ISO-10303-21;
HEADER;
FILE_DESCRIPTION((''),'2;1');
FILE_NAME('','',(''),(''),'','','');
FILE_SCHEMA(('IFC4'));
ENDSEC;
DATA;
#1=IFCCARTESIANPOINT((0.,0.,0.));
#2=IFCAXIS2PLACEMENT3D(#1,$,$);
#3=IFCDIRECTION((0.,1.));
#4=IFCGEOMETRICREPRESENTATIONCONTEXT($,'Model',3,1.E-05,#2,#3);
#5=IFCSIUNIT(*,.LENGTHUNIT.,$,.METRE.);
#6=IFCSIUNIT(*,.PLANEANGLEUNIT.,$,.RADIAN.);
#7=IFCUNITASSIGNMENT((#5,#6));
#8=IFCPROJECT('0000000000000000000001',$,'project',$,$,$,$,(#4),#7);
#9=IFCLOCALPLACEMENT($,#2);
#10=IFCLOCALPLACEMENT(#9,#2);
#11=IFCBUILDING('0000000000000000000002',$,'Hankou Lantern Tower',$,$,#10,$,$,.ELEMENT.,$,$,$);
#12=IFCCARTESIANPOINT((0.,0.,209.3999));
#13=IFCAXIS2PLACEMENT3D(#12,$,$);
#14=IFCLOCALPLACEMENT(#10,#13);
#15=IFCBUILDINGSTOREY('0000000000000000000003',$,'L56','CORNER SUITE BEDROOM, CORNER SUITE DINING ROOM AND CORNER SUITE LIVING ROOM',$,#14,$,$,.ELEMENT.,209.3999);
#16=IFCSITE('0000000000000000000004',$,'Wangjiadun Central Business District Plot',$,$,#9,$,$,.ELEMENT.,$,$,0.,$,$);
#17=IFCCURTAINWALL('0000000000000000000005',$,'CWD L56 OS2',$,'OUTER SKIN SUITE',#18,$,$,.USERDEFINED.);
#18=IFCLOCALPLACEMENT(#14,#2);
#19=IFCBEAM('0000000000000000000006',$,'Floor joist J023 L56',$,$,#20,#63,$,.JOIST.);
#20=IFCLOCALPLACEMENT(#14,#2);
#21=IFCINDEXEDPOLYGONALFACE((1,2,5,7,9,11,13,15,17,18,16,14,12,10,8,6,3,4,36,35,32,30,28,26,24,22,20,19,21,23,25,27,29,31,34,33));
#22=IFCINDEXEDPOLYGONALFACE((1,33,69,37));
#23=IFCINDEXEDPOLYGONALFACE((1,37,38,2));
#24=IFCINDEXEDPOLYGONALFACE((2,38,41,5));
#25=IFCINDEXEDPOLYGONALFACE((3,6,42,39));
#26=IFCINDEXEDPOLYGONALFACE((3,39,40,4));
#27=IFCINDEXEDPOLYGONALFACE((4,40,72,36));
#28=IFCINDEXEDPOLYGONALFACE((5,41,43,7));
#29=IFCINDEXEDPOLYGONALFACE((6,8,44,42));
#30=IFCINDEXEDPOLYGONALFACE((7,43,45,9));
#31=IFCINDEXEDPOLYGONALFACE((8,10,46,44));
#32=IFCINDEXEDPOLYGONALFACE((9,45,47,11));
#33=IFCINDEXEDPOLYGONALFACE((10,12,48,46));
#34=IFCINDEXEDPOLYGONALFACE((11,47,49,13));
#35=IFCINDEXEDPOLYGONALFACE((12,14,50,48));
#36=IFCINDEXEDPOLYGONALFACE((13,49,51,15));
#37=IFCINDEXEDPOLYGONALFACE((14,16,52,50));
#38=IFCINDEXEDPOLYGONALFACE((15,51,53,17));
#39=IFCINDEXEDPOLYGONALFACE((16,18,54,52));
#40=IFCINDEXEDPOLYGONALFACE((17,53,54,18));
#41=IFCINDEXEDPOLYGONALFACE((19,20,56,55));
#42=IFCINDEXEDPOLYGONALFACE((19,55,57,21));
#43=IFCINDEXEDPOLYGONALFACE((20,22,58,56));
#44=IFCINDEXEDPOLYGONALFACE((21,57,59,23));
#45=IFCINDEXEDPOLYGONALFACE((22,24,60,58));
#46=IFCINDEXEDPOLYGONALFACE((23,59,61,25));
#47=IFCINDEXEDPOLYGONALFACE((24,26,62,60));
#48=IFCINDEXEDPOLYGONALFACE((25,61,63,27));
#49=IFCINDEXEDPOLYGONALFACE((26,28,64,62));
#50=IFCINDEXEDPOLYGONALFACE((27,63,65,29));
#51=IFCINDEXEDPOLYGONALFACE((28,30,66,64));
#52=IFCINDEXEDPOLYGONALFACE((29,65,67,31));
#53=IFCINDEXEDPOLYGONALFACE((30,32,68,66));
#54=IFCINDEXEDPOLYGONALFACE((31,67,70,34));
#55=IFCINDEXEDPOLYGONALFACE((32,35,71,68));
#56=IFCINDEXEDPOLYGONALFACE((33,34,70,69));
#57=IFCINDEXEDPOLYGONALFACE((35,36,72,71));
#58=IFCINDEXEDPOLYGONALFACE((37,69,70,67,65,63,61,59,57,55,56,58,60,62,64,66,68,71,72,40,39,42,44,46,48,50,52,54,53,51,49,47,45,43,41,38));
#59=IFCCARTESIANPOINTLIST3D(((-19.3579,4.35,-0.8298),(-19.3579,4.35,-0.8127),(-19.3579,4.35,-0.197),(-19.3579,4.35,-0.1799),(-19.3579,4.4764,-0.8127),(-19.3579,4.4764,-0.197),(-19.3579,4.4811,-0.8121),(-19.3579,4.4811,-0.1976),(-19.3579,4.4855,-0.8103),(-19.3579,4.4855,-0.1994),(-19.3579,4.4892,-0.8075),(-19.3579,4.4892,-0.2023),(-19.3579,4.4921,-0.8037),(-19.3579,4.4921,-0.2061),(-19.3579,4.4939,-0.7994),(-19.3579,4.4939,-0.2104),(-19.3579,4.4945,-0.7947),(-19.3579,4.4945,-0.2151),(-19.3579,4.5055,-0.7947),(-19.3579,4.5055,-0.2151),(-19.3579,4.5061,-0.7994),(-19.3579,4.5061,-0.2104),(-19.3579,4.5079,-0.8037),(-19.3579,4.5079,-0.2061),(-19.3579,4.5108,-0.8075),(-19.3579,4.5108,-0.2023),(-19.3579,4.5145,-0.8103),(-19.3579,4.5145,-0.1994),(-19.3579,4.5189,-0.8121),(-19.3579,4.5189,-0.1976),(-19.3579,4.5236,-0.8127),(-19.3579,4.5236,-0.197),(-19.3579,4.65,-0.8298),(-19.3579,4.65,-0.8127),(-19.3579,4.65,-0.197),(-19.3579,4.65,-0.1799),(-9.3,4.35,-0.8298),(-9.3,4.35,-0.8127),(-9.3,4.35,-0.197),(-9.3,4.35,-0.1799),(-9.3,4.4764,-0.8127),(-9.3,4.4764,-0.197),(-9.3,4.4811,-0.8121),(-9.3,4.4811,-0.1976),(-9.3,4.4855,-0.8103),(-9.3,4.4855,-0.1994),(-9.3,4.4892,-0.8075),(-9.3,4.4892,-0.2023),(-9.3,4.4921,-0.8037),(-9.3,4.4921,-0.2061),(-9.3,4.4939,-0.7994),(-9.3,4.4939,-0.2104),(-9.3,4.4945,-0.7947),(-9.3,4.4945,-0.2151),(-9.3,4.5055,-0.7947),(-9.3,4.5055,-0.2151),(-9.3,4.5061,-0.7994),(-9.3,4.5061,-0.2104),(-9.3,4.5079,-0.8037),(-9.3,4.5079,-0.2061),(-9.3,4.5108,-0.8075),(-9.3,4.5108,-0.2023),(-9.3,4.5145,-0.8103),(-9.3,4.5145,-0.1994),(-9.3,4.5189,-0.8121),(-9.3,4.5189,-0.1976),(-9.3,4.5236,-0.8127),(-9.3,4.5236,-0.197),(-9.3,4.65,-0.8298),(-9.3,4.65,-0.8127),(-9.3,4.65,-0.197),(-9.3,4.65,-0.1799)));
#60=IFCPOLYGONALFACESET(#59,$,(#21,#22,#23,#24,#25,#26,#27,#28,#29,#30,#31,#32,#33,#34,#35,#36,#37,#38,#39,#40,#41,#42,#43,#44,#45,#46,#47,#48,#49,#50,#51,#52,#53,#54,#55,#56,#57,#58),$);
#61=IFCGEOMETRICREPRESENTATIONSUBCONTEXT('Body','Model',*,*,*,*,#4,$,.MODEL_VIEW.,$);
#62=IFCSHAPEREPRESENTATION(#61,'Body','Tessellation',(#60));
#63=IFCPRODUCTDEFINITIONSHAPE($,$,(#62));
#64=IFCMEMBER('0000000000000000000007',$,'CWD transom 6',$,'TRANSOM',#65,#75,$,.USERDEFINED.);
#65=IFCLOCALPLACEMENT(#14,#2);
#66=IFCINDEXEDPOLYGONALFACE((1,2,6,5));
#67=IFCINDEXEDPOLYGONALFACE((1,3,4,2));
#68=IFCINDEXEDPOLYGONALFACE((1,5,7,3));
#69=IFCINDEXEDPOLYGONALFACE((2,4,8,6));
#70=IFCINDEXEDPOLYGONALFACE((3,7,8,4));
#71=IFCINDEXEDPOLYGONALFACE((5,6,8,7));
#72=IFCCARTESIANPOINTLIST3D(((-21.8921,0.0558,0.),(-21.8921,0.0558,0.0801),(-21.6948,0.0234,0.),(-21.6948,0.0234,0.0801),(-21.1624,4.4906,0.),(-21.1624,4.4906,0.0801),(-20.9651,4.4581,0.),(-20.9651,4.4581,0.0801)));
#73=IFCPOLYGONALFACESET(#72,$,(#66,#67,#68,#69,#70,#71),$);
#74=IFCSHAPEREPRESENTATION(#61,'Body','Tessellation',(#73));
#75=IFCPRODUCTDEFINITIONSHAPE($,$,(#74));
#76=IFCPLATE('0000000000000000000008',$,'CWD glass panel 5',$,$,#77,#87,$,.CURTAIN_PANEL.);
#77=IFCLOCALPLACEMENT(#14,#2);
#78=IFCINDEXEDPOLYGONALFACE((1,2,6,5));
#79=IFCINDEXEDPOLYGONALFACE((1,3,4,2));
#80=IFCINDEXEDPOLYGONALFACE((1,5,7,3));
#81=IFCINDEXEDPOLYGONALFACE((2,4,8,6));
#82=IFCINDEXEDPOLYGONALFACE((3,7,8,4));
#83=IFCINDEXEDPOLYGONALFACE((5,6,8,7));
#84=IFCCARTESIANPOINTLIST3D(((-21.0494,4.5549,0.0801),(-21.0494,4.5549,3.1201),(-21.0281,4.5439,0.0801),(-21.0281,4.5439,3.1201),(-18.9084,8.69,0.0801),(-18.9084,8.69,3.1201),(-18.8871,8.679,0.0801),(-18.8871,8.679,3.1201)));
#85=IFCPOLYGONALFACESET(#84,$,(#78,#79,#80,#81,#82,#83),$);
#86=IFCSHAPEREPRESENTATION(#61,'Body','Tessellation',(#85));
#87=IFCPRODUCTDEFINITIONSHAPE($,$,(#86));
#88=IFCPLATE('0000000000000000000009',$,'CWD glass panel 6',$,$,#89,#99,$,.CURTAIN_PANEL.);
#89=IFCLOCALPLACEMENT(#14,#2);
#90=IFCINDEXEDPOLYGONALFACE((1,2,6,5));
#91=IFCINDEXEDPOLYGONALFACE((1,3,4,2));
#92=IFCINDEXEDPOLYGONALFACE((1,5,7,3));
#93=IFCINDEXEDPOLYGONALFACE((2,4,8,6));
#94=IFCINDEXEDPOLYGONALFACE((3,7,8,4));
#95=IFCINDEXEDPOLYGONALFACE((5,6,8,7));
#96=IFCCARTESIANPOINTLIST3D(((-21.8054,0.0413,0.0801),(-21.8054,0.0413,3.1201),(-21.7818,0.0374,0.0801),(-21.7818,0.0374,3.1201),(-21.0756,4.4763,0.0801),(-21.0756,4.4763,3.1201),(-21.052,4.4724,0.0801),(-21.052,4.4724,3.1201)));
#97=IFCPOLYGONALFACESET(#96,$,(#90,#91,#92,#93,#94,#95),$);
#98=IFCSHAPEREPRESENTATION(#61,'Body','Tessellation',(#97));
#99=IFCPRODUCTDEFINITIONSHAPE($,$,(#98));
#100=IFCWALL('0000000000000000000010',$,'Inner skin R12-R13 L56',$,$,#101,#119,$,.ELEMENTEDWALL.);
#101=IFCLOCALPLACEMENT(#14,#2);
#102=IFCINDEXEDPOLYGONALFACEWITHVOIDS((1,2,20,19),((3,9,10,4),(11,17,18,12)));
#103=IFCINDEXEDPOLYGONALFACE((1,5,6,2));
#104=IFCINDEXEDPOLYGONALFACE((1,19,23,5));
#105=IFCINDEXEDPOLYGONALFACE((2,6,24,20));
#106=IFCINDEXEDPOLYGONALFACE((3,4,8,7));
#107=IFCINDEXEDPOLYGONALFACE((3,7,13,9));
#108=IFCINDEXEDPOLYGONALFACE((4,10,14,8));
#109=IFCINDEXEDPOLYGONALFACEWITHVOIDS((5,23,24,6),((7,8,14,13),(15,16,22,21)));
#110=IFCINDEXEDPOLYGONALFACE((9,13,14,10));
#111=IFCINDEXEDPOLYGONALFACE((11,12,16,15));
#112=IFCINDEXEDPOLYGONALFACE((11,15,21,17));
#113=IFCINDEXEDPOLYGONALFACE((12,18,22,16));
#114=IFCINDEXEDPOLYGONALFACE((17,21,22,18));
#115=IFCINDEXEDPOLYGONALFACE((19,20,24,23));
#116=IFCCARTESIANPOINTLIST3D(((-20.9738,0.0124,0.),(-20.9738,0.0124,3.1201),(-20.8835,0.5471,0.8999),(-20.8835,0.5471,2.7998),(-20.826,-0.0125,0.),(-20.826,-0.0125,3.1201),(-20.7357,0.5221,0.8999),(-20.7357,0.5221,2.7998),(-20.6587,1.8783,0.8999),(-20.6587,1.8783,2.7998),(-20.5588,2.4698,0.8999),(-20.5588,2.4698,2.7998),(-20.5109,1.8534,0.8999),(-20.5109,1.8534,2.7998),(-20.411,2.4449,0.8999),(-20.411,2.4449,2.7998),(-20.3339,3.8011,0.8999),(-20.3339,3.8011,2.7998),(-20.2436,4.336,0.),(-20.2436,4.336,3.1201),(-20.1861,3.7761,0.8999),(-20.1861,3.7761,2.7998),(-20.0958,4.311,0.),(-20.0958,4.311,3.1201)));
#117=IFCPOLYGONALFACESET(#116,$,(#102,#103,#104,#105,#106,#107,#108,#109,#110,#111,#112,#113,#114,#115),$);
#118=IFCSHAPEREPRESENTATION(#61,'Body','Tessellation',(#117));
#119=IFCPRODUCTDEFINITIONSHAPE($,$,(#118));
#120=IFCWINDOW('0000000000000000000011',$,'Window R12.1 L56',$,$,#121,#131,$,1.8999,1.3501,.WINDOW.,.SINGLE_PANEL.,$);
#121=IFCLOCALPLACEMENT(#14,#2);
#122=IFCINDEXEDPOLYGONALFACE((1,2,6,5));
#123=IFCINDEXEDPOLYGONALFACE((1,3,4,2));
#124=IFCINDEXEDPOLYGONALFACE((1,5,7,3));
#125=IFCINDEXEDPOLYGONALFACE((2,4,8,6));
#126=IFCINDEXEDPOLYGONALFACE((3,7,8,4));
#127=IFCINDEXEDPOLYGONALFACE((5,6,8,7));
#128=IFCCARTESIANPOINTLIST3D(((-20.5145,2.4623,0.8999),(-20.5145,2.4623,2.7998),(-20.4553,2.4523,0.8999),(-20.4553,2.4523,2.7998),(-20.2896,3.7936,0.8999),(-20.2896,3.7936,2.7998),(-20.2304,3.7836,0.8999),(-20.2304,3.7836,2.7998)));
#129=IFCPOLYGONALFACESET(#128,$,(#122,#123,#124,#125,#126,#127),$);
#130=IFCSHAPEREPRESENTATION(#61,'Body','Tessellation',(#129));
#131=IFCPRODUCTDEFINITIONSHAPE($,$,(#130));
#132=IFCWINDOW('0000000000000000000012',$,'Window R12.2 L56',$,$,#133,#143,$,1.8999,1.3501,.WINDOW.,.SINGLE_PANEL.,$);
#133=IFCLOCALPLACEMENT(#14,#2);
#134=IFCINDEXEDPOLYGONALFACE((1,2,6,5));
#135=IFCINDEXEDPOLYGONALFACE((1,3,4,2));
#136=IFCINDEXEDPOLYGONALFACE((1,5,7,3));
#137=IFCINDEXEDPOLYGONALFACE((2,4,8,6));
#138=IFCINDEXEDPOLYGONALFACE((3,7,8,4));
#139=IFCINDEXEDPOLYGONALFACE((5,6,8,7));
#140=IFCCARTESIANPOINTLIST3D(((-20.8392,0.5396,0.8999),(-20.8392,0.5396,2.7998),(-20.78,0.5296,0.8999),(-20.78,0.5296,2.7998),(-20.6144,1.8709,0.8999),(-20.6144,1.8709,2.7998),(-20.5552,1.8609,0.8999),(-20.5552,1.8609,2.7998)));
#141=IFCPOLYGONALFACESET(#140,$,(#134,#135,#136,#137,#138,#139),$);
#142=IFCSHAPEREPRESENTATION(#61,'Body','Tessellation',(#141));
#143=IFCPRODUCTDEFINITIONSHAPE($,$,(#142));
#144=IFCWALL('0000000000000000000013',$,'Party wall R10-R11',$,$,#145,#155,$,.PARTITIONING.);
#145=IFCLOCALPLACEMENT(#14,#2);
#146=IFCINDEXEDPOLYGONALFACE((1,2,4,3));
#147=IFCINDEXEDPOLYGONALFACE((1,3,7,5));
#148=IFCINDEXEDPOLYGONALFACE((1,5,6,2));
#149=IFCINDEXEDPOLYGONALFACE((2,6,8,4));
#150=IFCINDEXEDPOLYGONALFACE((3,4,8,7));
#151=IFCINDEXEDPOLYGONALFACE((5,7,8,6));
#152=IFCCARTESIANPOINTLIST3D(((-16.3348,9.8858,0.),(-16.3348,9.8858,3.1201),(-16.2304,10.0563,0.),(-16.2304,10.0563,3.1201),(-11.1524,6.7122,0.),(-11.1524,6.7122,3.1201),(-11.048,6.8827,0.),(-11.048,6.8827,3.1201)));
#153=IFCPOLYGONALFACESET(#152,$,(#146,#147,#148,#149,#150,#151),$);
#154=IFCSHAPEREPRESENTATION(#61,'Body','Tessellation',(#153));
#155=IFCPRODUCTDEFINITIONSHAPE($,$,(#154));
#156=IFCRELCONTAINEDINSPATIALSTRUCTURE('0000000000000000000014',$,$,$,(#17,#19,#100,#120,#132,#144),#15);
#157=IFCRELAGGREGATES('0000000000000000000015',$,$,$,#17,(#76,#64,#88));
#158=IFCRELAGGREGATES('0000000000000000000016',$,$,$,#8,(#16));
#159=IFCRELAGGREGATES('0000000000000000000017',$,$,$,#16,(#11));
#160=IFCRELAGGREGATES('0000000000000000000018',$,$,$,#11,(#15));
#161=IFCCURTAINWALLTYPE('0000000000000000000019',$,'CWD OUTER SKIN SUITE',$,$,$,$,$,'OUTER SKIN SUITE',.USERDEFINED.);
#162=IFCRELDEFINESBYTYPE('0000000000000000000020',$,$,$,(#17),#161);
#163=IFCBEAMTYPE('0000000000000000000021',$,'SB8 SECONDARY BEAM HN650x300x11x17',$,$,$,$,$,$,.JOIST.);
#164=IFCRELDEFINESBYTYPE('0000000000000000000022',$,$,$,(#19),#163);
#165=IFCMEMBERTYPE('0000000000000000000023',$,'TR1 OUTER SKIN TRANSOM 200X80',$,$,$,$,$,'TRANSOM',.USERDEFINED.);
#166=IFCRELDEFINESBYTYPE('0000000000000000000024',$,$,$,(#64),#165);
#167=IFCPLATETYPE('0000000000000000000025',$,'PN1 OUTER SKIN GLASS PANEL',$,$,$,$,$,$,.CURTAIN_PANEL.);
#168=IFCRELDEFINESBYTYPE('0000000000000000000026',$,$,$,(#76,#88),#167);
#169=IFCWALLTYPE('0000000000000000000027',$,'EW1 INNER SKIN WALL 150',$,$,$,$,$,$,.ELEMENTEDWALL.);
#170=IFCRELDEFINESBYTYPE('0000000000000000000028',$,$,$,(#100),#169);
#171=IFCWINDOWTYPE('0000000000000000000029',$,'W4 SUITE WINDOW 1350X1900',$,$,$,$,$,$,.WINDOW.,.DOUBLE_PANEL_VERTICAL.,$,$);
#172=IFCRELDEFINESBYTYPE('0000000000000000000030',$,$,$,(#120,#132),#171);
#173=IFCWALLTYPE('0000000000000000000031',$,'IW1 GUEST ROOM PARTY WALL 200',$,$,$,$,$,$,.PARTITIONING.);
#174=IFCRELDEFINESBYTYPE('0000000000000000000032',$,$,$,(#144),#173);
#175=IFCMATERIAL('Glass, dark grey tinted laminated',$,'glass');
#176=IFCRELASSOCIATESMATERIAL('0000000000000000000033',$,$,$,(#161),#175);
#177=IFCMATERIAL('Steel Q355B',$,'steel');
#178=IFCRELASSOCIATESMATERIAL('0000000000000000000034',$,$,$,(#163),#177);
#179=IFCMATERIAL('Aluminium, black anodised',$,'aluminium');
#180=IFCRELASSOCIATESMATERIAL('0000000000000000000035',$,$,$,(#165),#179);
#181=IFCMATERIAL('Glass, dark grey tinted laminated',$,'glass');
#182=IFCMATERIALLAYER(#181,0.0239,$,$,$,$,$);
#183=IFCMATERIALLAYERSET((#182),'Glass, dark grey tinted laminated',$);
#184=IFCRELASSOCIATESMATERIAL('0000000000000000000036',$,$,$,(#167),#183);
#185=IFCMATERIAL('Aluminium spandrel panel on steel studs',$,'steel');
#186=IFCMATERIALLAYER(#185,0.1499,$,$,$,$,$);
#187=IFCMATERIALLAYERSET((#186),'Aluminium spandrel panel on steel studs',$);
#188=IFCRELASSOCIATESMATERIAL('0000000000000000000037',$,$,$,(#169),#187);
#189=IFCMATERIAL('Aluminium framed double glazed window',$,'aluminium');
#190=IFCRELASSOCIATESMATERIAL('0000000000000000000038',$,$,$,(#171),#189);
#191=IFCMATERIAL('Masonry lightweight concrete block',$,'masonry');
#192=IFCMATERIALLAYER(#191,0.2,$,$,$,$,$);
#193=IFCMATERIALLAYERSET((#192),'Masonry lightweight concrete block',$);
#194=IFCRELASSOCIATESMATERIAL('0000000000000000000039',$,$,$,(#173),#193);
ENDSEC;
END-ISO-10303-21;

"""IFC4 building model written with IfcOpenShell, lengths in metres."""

from ifc_helpers import new_model, si_unit, direction, frame, frame_2d, origin, origin_2d, place, context, subcontext, project, spatial, rectangle, i_section, extrude, material, layer, layer_set, material_profile, profile_set, type_object, element, fill, aggregate, save


model = new_model("IFC4")

# Units and contexts
model_context = context("Model", 3, precision=1e-05, world=origin(), true_north=direction((0.0, 1.0)))
body_context = subcontext(model_context, "Body", "Model", "MODEL_VIEW")
ifc_project = project(units=[si_unit("LENGTHUNIT", "METRE"), si_unit("PLANEANGLEUNIT", "RADIAN")], contexts=[model_context])

# Site, building, storey
site_placement = place(None, origin())
site = spatial("IfcSite", under=ifc_project, at=site_placement, Name="Wangjiadun Central Business District Plot", CompositionType="ELEMENT", RefElevation=0.0)
building_placement = place(site_placement, origin())
building = spatial("IfcBuilding", under=site, at=building_placement, Name="Hankou Lantern Tower", CompositionType="ELEMENT")
storey_placement = place(building_placement, frame((0.0, 0.0, 209.3999)))
storey = spatial("IfcBuildingStorey", under=building, at=storey_placement, Name="L56", Description="CORNER SUITE BEDROOM, CORNER SUITE DINING ROOM AND CORNER SUITE LIVING ROOM", CompositionType="ELEMENT", Elevation=209.3999)

# Curtain wall
ifc_material_1 = material(Name="Glass, dark grey tinted laminated", Category="glass")
curtain_wall_type = type_object("IfcCurtainWallType", Name="CWD OUTER SKIN SUITE", ElementType="OUTER SKIN SUITE", PredefinedType="USERDEFINED", material=ifc_material_1)
curtain_wall_placement = place(storey_placement, origin())
curtain_wall = element("IfcCurtainWall", 1, at=curtain_wall_placement, inside=storey, type_object=curtain_wall_type, Name="CWD L56 OS2", ObjectType="OUTER SKIN SUITE", PredefinedType="USERDEFINED")

# Beam
ifc_material_2 = material(Name="Steel Q355B", Category="steel")
ifc_material_profile_1 = material_profile(ifc_material_2, i_section(OverallWidth=0.3, OverallDepth=0.6499, WebThickness=0.011, FlangeThickness=0.0171, FilletRadius=0.0181, at=origin_2d()), Name="HN650x300x11x17")
ifc_profile_set_1 = profile_set([ifc_material_profile_1], Name="Steel Q355B")
beam_type_1 = type_object("IfcBeamType", Name="SB8 SECONDARY BEAM HN650x300x11x17", PredefinedType="JOIST", material=ifc_profile_set_1)
beam_1_placement = place(storey_placement, frame((-19.3579, 4.5, -0.5049), z_axis=(1.0, 0.0, 0.0), x_axis=(0.0, 1.0, 0.0)))
element("IfcBeam", 2, at=beam_1_placement, inside=storey, type_object=beam_type_1, Name="Floor joist J023 L56", PredefinedType="JOIST", context=body_context, shape_type="SweptSolid", body=[
    extrude(i_section(OverallWidth=0.3, OverallDepth=0.6499, WebThickness=0.011, FlangeThickness=0.0171, FilletRadius=0.0181, at=origin_2d()), origin(), (0.0, 0.0, 1.0), 10.0579),
])

# Member
ifc_material_3 = material(Name="Aluminium, black anodised", Category="aluminium")
ifc_material_profile_2 = material_profile(ifc_material_3, rectangle(XDim=0.2, YDim=0.0801, at=origin_2d()), Name="TR1 200X80")
ifc_profile_set_2 = profile_set([ifc_material_profile_2], Name="Aluminium, black anodised")
member_type_1 = type_object("IfcMemberType", Name="TR1 OUTER SKIN TRANSOM 200X80", ElementType="TRANSOM", PredefinedType="USERDEFINED", material=ifc_profile_set_2)
member_1_placement = place(storey_placement, frame((-21.0637, 4.4744, 0.04), z_axis=(-0.162364, -0.986731, 0.0), x_axis=(0.986731, -0.162364, 0.0)))
member_1 = element("IfcMember", 3, at=member_1_placement, type_object=member_type_1, Name="CWD transom 6", ObjectType="TRANSOM", PredefinedType="USERDEFINED", context=body_context, shape_type="SweptSolid", body=[
    extrude(rectangle(XDim=0.2, YDim=0.0801, at=origin_2d()), origin(), (0.0, 0.0, 1.0), 4.4944),
])

# Plates
ifc_material_4 = material(Name="Glass, dark grey tinted laminated", Category="glass")
ifc_layer_1 = layer(ifc_material_4, 0.0239)
ifc_layer_set_1 = layer_set([ifc_layer_1], Name="Glass, dark grey tinted laminated")
plate_type = type_object("IfcPlateType", Name="PN1 OUTER SKIN GLASS PANEL", PredefinedType="CURTAIN_PANEL", material=ifc_layer_set_1)
plate_1_placement = place(storey_placement, frame((-19.9683, 6.6169, 0.0801), z_axis=(0.0, 0.0, 1.0), x_axis=(-0.459791, -0.888027, 0.0)))
plate_1 = element("IfcPlate", 4, at=plate_1_placement, type_object=plate_type, Name="CWD glass panel 5", PredefinedType="CURTAIN_PANEL", context=body_context, shape_type="SweptSolid", body=[
    extrude(rectangle(XDim=4.6565, YDim=0.0239, at=origin_2d()), origin(), (0.0, 0.0, 1.0), 3.04),
])
plate_2_placement = place(storey_placement, frame((-21.4287, 2.2568, 0.0801), z_axis=(0.0, 0.0, 1.0), x_axis=(-0.162382, -0.986728, 0.0)))
plate_2 = element("IfcPlate", 5, at=plate_2_placement, type_object=plate_type, Name="CWD glass panel 6", PredefinedType="CURTAIN_PANEL", context=body_context, shape_type="SweptSolid", body=[
    extrude(rectangle(XDim=4.4946, YDim=0.0239, at=origin_2d()), origin(), (0.0, 0.0, 1.0), 3.04),
])
aggregate(curtain_wall, [plate_1, member_1, plate_2])

# Wall, openings, windows
ifc_material_5 = material(Name="Aluminium spandrel panel on steel studs", Category="steel")
ifc_layer_2 = layer(ifc_material_5, 0.1499)
ifc_layer_set_2 = layer_set([ifc_layer_2], Name="Aluminium spandrel panel on steel studs")
wall_type_1 = type_object("IfcWallType", Name="EW1 INNER SKIN WALL 150", PredefinedType="ELEMENTEDWALL", material=ifc_layer_set_2)
wall_1_placement = place(storey_placement, frame((-20.1697, 4.3235, 0.0), z_axis=(0.0, 0.0, 1.0), x_axis=(-0.166539, -0.986035, 0.0)))
wall_1 = element("IfcWall", 6, at=wall_1_placement, inside=storey, type_object=wall_type_1, Name="Inner skin R12-R13 L56", PredefinedType="ELEMENTEDWALL", context=body_context, shape_type="SweptSolid", body=[
    extrude(rectangle(XDim=4.3848, YDim=0.1499, at=frame_2d((2.1924, 0.0))), origin(), (0.0, 0.0, 1.0), 3.1201),
])
opening_1_placement = place(wall_1_placement, frame((0.5425, 0.0, 0.8999)))
opening_1 = element("IfcOpeningElement", 7, at=opening_1_placement, cuts=wall_1, PredefinedType="OPENING", context=body_context, shape_type="SweptSolid", body=[
    extrude(rectangle(XDim=1.3501, YDim=1.8999, at=frame_2d((0.675, 0.95))), frame((0.0, 0.085, 0.0), z_axis=(0.0, -1.0, 0.0), x_axis=(1.0, 0.0, 0.0)), (0.0, 0.0, 1.0), 0.1699),
])
opening_2_placement = place(wall_1_placement, frame((2.4924, 0.0, 0.8999)))
opening_2 = element("IfcOpeningElement", 8, at=opening_2_placement, cuts=wall_1, PredefinedType="OPENING", context=body_context, shape_type="SweptSolid", body=[
    extrude(rectangle(XDim=1.3501, YDim=1.8999, at=frame_2d((0.675, 0.95))), frame((0.0, 0.085, 0.0), z_axis=(0.0, -1.0, 0.0), x_axis=(1.0, 0.0, 0.0)), (0.0, 0.0, 1.0), 0.1699),
])
ifc_material_6 = material(Name="Aluminium framed double glazed window", Category="aluminium")
window_type = type_object("IfcWindowType", Name="W4 SUITE WINDOW 1350X1900", PartitioningType="DOUBLE_PANEL_VERTICAL", PredefinedType="WINDOW", material=ifc_material_6)
window_1_placement = place(opening_1_placement, origin())
window_1 = element("IfcWindow", 9, at=window_1_placement, inside=storey, type_object=window_type, Name="Window R12.1 L56", OverallHeight=1.8999, OverallWidth=1.3501, PartitioningType="SINGLE_PANEL", PredefinedType="WINDOW", context=body_context, shape_type="SweptSolid", body=[
    extrude(rectangle(XDim=1.3501, YDim=1.8999, at=frame_2d((0.675, 0.95))), frame((0.0, 0.03, 0.0), z_axis=(0.0, -1.0, 0.0), x_axis=(1.0, 0.0, 0.0)), (0.0, 0.0, 1.0), 0.0601),
])
fill(opening_1, window_1)
window_2_placement = place(opening_2_placement, origin())
window_2 = element("IfcWindow", 10, at=window_2_placement, inside=storey, type_object=window_type, Name="Window R12.2 L56", OverallHeight=1.8999, OverallWidth=1.3501, PartitioningType="SINGLE_PANEL", PredefinedType="WINDOW", context=body_context, shape_type="SweptSolid", body=[
    extrude(rectangle(XDim=1.3501, YDim=1.8999, at=frame_2d((0.675, 0.95))), frame((0.0, 0.03, 0.0), z_axis=(0.0, -1.0, 0.0), x_axis=(1.0, 0.0, 0.0)), (0.0, 0.0, 1.0), 0.0601),
])
fill(opening_2, window_2)

# Wall
ifc_material_7 = material(Name="Masonry lightweight concrete block", Category="masonry")
ifc_layer_3 = layer(ifc_material_7, 0.2)
ifc_layer_set_3 = layer_set([ifc_layer_3], Name="Masonry lightweight concrete block")
wall_type_2 = type_object("IfcWallType", Name="IW1 GUEST ROOM PARTY WALL 200", PredefinedType="PARTITIONING", material=ifc_layer_set_3)
wall_2_placement = place(storey_placement, frame((-11.1001, 6.7974, 0.0), z_axis=(0.0, 0.0, 1.0), x_axis=(-0.8528, 0.522238, 0.0)))
element("IfcWall", 11, at=wall_2_placement, inside=storey, type_object=wall_type_2, Name="Party wall R10-R11", PredefinedType="PARTITIONING", context=body_context, shape_type="SweptSolid", body=[
    extrude(rectangle(XDim=6.0769, YDim=0.2, at=frame_2d((3.0386, 0.0))), origin(), (0.0, 0.0, 1.0), 3.1201),
])

save(model, "model.ifc")
